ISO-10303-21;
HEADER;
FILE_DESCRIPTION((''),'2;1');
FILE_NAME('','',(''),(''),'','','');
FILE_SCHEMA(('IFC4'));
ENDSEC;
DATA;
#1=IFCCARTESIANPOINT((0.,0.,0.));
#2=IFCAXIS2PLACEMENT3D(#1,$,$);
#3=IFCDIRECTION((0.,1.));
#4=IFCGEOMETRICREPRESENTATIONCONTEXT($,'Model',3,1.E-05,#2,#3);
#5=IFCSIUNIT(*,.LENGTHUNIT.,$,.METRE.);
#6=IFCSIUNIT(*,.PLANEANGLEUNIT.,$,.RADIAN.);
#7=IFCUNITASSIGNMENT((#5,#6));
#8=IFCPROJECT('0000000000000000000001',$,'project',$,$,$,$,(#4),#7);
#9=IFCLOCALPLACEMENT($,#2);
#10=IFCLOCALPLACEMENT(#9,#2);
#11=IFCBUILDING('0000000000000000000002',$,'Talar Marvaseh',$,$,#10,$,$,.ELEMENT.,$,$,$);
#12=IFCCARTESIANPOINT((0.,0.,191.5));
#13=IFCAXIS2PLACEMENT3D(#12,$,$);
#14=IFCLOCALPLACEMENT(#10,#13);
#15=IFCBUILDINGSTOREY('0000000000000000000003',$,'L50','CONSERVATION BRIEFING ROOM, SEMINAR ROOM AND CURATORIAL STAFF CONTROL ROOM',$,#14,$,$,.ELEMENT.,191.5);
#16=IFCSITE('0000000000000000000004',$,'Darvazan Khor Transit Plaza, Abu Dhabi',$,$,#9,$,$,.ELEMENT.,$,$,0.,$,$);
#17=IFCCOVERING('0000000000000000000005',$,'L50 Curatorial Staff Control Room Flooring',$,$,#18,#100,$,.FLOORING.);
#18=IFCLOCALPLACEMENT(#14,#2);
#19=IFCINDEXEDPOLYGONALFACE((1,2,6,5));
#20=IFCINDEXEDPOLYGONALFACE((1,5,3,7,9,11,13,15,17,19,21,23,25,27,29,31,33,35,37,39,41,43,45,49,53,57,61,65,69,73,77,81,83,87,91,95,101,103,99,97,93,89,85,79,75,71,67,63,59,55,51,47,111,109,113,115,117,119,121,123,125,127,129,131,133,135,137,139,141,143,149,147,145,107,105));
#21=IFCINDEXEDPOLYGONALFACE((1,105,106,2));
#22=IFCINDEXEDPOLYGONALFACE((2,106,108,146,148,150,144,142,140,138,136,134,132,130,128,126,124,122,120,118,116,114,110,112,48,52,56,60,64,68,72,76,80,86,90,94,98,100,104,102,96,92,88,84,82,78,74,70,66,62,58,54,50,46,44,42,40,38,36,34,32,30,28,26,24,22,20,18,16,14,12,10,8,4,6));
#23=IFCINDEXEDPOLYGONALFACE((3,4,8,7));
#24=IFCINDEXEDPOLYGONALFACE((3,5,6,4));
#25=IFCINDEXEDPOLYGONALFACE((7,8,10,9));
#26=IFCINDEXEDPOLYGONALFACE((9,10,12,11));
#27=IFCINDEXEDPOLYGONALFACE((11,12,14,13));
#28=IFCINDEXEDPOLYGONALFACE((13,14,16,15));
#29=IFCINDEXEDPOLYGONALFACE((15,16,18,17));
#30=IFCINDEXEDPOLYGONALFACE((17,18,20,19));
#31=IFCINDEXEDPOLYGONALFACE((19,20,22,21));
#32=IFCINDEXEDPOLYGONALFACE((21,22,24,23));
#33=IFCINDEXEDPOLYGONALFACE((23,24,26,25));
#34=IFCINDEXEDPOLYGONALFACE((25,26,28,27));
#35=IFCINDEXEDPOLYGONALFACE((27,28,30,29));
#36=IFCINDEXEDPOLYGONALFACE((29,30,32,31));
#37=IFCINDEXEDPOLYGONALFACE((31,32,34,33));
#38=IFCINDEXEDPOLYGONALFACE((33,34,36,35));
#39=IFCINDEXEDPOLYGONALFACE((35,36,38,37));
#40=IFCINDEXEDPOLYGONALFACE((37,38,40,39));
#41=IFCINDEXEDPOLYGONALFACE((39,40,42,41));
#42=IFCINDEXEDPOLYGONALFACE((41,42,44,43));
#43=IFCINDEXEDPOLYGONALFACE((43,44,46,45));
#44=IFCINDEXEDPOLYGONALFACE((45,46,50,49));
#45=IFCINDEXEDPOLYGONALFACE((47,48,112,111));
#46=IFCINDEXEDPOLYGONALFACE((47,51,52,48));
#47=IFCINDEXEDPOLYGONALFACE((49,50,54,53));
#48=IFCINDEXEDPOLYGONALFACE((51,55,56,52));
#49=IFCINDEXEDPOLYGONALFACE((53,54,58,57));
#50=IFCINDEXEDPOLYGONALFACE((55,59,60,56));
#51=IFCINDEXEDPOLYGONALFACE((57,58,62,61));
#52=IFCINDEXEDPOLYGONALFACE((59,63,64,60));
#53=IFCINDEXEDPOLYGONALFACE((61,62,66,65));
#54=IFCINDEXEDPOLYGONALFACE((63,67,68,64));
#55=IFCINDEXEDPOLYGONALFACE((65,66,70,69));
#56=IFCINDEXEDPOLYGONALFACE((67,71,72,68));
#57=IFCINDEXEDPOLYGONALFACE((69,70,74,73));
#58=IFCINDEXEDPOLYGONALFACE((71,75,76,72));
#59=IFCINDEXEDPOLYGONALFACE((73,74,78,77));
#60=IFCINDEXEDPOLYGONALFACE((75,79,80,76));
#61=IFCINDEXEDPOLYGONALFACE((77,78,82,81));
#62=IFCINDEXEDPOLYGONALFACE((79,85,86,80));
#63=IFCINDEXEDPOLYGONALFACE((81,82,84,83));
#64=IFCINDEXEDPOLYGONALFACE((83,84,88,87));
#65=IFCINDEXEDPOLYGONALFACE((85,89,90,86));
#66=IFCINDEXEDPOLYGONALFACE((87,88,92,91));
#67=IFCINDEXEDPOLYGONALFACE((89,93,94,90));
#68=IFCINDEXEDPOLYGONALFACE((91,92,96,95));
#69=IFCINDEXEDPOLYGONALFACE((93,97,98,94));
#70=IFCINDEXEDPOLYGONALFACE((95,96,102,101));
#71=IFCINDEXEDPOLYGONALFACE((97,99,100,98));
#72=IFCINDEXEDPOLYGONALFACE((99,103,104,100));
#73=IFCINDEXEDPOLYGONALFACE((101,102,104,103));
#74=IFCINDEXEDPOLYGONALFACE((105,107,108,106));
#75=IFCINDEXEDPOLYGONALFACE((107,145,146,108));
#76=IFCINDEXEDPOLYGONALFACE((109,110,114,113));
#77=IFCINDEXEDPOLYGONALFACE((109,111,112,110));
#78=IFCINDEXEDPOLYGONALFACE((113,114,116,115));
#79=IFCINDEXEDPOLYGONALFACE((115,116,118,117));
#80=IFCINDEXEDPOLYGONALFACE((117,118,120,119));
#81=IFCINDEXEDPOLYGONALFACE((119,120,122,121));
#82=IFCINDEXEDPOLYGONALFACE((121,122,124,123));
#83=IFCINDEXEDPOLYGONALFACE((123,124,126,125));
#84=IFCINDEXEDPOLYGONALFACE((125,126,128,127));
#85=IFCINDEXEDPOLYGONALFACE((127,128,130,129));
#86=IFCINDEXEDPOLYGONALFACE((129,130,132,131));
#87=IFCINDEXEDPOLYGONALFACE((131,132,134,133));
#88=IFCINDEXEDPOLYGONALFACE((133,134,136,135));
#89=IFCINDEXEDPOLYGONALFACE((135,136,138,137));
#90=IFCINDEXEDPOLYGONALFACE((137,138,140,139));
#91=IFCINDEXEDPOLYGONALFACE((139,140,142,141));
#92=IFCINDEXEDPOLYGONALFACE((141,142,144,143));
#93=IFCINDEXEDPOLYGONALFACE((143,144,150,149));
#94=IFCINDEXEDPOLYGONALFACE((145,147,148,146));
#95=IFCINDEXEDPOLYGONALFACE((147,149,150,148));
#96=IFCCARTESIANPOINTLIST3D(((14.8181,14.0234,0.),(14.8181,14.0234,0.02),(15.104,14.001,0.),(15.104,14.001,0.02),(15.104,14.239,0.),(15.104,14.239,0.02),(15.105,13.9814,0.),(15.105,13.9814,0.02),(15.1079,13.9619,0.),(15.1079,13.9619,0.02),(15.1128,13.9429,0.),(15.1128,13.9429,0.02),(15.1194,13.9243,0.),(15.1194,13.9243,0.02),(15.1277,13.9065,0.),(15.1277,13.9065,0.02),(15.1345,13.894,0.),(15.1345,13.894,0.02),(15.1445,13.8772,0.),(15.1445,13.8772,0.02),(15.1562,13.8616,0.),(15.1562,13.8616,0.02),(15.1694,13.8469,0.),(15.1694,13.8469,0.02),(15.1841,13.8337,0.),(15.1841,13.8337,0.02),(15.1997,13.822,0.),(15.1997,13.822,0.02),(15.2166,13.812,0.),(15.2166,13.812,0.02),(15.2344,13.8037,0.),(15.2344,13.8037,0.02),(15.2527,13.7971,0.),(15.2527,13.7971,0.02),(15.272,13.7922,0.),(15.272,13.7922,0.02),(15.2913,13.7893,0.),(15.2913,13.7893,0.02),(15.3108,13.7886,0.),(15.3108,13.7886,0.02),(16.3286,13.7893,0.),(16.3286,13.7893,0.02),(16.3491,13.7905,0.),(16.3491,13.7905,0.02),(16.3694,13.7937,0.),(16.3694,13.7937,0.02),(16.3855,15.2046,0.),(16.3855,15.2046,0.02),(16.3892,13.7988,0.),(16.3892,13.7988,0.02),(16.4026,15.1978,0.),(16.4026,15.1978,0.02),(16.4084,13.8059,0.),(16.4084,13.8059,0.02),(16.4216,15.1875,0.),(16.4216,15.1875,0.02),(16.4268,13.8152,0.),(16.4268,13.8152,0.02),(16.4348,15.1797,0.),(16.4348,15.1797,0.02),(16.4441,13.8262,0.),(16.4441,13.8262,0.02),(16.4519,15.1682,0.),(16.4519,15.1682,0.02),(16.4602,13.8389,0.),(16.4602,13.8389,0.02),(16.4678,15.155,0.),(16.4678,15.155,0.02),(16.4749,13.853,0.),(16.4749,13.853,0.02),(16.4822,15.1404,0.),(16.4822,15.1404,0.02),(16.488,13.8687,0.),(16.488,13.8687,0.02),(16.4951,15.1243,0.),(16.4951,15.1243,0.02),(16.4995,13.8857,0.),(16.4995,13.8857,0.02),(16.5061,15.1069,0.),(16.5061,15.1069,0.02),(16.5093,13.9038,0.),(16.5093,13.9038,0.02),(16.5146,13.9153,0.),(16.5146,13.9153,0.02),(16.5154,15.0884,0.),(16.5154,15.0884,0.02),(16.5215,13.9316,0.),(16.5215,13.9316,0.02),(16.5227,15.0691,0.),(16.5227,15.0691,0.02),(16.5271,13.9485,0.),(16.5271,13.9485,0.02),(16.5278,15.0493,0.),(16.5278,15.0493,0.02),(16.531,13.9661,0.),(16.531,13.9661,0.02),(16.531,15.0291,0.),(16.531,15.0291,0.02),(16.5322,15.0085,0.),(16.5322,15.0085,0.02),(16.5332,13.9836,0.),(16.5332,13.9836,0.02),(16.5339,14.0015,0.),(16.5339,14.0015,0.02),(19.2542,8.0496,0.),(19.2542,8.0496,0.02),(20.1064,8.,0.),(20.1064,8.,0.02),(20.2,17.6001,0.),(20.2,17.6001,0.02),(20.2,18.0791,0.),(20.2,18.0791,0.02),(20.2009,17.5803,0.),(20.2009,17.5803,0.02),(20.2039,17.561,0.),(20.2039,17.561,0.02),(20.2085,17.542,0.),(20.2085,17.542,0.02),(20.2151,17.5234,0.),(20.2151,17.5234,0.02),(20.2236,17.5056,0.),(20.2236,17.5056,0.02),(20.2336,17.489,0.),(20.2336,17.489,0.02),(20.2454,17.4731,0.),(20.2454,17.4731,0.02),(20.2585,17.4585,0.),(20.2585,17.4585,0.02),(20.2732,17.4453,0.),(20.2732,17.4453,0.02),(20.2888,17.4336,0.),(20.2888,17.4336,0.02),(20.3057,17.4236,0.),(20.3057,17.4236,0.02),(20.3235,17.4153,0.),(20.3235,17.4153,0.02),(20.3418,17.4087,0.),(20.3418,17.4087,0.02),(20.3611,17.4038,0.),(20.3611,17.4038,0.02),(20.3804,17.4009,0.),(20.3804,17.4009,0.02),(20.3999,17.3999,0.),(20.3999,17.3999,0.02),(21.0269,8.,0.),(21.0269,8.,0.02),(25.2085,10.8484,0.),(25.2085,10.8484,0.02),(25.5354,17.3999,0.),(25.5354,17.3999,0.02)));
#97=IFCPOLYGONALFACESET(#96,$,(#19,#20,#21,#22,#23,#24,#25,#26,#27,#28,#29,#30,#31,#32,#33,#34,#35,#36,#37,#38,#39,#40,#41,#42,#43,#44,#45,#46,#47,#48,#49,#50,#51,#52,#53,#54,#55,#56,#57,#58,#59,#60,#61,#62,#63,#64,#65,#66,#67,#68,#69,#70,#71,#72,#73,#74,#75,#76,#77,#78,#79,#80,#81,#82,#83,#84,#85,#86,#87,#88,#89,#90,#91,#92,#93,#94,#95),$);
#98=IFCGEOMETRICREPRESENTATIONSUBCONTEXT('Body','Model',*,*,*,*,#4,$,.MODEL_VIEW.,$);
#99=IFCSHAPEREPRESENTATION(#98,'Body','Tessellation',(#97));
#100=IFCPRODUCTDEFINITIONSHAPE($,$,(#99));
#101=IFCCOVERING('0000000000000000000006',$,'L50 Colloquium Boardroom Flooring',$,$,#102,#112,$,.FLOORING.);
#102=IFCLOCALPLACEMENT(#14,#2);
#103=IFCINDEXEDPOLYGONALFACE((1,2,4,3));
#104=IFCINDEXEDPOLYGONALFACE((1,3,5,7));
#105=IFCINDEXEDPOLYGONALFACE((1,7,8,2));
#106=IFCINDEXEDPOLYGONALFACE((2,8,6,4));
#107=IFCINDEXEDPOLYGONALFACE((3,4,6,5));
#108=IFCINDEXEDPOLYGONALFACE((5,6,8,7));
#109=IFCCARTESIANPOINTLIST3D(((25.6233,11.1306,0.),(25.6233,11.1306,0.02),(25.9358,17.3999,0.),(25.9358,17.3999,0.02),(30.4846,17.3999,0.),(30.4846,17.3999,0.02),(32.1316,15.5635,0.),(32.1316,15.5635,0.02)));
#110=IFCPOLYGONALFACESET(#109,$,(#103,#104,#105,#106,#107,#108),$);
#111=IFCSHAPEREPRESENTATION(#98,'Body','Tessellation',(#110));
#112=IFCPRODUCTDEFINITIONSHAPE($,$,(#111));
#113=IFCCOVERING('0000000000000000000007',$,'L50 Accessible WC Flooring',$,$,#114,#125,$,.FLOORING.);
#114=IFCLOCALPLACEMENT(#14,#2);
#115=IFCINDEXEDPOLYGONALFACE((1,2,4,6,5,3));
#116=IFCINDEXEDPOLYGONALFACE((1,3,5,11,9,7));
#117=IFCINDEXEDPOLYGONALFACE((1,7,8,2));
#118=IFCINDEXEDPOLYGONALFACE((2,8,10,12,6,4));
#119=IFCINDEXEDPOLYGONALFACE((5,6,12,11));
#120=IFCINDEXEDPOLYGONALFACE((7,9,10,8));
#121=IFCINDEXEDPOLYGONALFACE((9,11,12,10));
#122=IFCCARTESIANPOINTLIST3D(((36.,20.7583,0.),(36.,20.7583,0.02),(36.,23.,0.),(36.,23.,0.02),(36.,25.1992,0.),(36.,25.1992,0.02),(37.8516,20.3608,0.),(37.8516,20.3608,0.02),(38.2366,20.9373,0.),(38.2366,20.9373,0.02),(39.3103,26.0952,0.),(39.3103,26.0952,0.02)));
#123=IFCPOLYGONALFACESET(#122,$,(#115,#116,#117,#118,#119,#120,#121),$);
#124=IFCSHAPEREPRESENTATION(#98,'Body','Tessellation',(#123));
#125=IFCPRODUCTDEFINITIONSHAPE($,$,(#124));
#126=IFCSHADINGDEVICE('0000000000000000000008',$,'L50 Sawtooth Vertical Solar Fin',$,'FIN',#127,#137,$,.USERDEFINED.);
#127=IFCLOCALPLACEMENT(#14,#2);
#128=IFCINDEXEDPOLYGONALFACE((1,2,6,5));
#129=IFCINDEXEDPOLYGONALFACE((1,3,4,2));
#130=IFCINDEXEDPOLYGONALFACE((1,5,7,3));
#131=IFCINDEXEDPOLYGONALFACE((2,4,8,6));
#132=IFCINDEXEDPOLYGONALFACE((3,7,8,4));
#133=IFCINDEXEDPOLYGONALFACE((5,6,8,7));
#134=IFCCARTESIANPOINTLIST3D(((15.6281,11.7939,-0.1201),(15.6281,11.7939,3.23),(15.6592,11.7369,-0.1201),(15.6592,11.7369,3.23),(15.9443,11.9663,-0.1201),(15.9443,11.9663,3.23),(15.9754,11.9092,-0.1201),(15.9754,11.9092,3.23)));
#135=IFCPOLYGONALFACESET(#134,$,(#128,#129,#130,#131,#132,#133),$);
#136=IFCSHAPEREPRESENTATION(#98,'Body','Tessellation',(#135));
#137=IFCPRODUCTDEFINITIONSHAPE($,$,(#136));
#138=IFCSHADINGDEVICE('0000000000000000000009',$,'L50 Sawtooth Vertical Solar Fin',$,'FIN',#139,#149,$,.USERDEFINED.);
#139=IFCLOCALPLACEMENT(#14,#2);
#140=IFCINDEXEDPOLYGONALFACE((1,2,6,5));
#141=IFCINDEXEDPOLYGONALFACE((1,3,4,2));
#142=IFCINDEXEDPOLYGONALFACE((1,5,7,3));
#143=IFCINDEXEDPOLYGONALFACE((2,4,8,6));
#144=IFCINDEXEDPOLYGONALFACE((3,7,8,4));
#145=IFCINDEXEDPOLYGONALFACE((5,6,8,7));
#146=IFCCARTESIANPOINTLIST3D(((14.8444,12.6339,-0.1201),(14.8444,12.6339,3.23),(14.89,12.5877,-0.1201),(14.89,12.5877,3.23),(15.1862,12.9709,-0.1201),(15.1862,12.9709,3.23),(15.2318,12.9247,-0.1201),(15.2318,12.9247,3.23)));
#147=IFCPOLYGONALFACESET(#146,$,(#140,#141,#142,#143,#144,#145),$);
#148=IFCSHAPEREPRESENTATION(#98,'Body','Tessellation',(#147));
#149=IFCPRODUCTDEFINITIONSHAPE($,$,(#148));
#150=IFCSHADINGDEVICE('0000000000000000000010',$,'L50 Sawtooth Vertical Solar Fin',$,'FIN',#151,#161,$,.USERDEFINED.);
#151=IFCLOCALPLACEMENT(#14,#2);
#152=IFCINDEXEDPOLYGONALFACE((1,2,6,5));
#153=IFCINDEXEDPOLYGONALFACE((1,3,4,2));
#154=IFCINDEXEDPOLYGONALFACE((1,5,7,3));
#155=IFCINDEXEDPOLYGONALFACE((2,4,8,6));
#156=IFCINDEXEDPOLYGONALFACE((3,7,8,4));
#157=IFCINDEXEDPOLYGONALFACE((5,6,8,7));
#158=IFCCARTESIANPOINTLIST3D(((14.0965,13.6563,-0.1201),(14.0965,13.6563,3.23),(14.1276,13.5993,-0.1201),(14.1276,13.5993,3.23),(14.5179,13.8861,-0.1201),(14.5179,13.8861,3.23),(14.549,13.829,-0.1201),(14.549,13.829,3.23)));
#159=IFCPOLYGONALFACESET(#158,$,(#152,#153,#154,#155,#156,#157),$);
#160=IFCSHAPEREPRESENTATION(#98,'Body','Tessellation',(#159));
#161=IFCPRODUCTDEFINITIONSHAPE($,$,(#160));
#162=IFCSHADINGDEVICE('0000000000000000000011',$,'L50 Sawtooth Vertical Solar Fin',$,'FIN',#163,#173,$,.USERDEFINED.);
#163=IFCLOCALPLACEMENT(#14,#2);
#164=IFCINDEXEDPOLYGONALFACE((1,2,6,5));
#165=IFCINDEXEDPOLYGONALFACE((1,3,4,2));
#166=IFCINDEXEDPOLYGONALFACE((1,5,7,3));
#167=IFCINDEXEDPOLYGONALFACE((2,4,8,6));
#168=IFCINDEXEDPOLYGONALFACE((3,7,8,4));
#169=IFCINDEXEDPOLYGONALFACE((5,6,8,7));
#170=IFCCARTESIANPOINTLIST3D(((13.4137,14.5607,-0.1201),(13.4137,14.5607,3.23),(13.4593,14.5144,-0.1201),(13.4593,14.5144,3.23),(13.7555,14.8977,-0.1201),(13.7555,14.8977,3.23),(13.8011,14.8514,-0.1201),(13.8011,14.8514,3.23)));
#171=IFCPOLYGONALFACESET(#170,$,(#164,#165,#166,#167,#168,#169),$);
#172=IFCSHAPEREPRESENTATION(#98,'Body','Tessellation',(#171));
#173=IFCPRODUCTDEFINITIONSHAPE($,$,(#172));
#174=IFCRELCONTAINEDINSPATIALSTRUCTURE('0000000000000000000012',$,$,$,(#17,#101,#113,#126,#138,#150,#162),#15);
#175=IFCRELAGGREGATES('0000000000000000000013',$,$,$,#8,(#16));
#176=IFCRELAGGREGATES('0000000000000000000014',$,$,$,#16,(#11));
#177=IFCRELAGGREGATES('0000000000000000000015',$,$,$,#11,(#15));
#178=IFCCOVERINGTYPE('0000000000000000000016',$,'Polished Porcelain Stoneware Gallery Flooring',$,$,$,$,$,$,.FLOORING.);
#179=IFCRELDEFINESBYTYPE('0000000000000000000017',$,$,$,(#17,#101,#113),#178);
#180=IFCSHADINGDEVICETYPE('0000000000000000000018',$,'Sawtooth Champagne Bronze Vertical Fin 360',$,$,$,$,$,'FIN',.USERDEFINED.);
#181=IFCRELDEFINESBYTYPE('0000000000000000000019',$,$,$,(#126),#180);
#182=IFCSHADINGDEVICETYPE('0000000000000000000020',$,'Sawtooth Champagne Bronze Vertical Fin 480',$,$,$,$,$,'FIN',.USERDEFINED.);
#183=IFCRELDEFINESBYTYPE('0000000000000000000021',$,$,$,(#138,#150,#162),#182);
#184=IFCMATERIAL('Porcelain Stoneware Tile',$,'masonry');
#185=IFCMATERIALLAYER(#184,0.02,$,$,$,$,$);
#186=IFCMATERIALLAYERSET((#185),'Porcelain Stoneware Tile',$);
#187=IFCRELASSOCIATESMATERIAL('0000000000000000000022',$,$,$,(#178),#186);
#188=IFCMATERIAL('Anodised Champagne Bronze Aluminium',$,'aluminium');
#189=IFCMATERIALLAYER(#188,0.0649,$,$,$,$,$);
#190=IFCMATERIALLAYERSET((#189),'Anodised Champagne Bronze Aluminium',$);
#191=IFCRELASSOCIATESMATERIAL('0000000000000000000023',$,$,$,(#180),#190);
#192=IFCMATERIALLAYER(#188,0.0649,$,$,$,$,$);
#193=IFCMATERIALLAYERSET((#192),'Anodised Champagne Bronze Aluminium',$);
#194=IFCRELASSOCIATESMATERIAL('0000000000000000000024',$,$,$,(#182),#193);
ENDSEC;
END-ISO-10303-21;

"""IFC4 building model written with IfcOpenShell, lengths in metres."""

from ifc_helpers import new_model, si_unit, direction, frame, origin, origin_2d, place, context, subcontext, project, spatial, polyline, rectangle, outline, extrude, source, transform, mapped, material, layer, layer_set, type_object, type_shapes, element, save


model = new_model("IFC4")

# Units and contexts
model_context = context("Model", 3, precision=1e-05, world=origin(), true_north=direction((0.0, 1.0)))
body_context = subcontext(model_context, "Body", "Model", "MODEL_VIEW")
ifc_project = project(units=[si_unit("LENGTHUNIT", "METRE"), si_unit("PLANEANGLEUNIT", "RADIAN")], contexts=[model_context])

# Site, building, storey
site_placement = place(None, origin())
site = spatial("IfcSite", under=ifc_project, at=site_placement, Name="Darvazan Khor Transit Plaza, Abu Dhabi", CompositionType="ELEMENT", RefElevation=0.0)
building_placement = place(site_placement, origin())
building = spatial("IfcBuilding", under=site, at=building_placement, Name="Talar Marvaseh", CompositionType="ELEMENT")
storey_placement = place(building_placement, frame((0.0, 0.0, 191.5)))
storey = spatial("IfcBuildingStorey", under=building, at=storey_placement, Name="L50", Description="CONSERVATION BRIEFING ROOM, SEMINAR ROOM AND CURATORIAL STAFF CONTROL ROOM", CompositionType="ELEMENT", Elevation=191.5)

# Coverings
ifc_material_1 = material(Name="Porcelain Stoneware Tile", Category="masonry")
ifc_layer_1 = layer(ifc_material_1, 0.02)
ifc_layer_set_1 = layer_set([ifc_layer_1], Name="Porcelain Stoneware Tile")
covering_type_1 = type_object("IfcCoveringType", Name="Polished Porcelain Stoneware Gallery Flooring", PredefinedType="FLOORING", material=ifc_layer_set_1)
covering_1_placement = place(storey_placement, origin())
element("IfcCovering", 1, at=covering_1_placement, inside=storey, type_object=covering_type_1, Name="L50 Curatorial Staff Control Room Flooring", PredefinedType="FLOORING", context=body_context, shape_type="SweptSolid", body=[
    extrude(outline(polyline([(20.2, 17.6001), (20.2009, 17.5803), (20.2039, 17.561), (20.2085, 17.542), (20.2151, 17.5234), (20.2236, 17.5056), (20.2336, 17.489), (20.2454, 17.4731), (20.2585, 17.4585), (20.2732, 17.4453), (20.2888, 17.4336), (20.3057, 17.4236), (20.3235, 17.4153), (20.3418, 17.4087), (20.3611, 17.4038), (20.3804, 17.4009), (20.3999, 17.3999), (25.5354, 17.3999), (25.2085, 10.8484), (21.0269, 8.0), (20.1064, 8.0), (19.2542, 8.0496), (14.8181, 14.0234), (15.104, 14.239), (15.104, 14.001), (15.105, 13.9814), (15.1079, 13.9619), (15.1128, 13.9429), (15.1194, 13.9243), (15.1277, 13.9065), (15.1345, 13.894), (15.1445, 13.8772), (15.1562, 13.8616), (15.1694, 13.8469), (15.1841, 13.8337), (15.1997, 13.822), (15.2166, 13.812), (15.2344, 13.8037), (15.2527, 13.7971), (15.272, 13.7922), (15.2913, 13.7893), (15.3108, 13.7886), (16.3286, 13.7893), (16.3491, 13.7905), (16.3694, 13.7937), (16.3892, 13.7988), (16.4084, 13.8059), (16.4268, 13.8152), (16.4441, 13.8262), (16.4602, 13.8389), (16.4749, 13.853), (16.488, 13.8687), (16.4995, 13.8857), (16.5093, 13.9038), (16.5146, 13.9153), (16.5215, 13.9316), (16.5271, 13.9485), (16.531, 13.9661), (16.5332, 13.9836), (16.5339, 14.0015), (16.5322, 15.0085), (16.531, 15.0291), (16.5278, 15.0493), (16.5227, 15.0691), (16.5154, 15.0884), (16.5061, 15.1069), (16.4951, 15.1243), (16.4822, 15.1404), (16.4678, 15.155), (16.4519, 15.1682), (16.4348, 15.1797), (16.4216, 15.1875), (16.4026, 15.1978), (16.3855, 15.2046), (20.2, 18.0791), (20.2, 17.6001)])), origin(), (0.0, 0.0, 1.0), 0.02),
])
covering_2_placement = place(storey_placement, origin())
element("IfcCovering", 2, at=covering_2_placement, inside=storey, type_object=covering_type_1, Name="L50 Colloquium Boardroom Flooring", PredefinedType="FLOORING", context=body_context, shape_type="SweptSolid", body=[
    extrude(outline(polyline([(32.1316, 15.5635), (25.6233, 11.1306), (25.9358, 17.3999), (30.4846, 17.3999), (32.1316, 15.5635)])), origin(), (0.0, 0.0, 1.0), 0.02),
])
covering_3_placement = place(storey_placement, origin())
element("IfcCovering", 3, at=covering_3_placement, inside=storey, type_object=covering_type_1, Name="L50 Accessible WC Flooring", PredefinedType="FLOORING", context=body_context, shape_type="SweptSolid", body=[
    extrude(outline(polyline([(36.0, 23.0), (36.0, 25.1992), (39.3103, 26.0952), (38.2366, 20.9373), (37.8516, 20.3608), (36.0, 20.7583), (36.0, 23.0)])), origin(), (0.0, 0.0, 1.0), 0.02),
])

# Shading devices
ifc_material_2 = material(Name="Anodised Champagne Bronze Aluminium", Category="aluminium")
ifc_layer_2 = layer(ifc_material_2, 0.0649)
ifc_layer_set_2 = layer_set([ifc_layer_2], Name="Anodised Champagne Bronze Aluminium")
shading_device_type_1 = type_object("IfcShadingDeviceType", Name="Sawtooth Champagne Bronze Vertical Fin 360", ElementType="FIN", PredefinedType="USERDEFINED", material=ifc_layer_set_2)
shared_shape_1 = source(origin(), body_context, "Body", "SweptSolid", [
    extrude(rectangle(XDim=0.3601, YDim=0.0649, at=origin_2d()), origin(), (0.0, 0.0, 1.0), 3.3501),
])
type_shapes(shading_device_type_1, [shared_shape_1])
shading_device_placement = place(storey_placement, frame((15.8018, 11.8516, -0.1201), z_axis=(0.0, 0.0, 1.0), x_axis=(-0.877983, -0.478692, 0.0)))
element("IfcShadingDevice", 4, at=shading_device_placement, inside=storey, type_object=shading_device_type_1, Name="L50 Sawtooth Vertical Solar Fin", ObjectType="FIN", PredefinedType="USERDEFINED", context=body_context, shape_type="MappedRepresentation", body=[
    mapped(shared_shape_1, transform((0.0, 0.0, 0.0), x_axis=(1.0, 0.0, 0.0), y_axis=(0.0, 1.0, 0.0), z_axis=(0.0, 0.0, 1.0), scale=1.0)),
])
ifc_layer_3 = layer(ifc_material_2, 0.0649)
ifc_layer_set_3 = layer_set([ifc_layer_3], Name="Anodised Champagne Bronze Aluminium")
shading_device_type_2 = type_object("IfcShadingDeviceType", Name="Sawtooth Champagne Bronze Vertical Fin 480", ElementType="FIN", PredefinedType="USERDEFINED", material=ifc_layer_set_3)
shared_shape_2 = source(origin(), body_context, "Body", "SweptSolid", [
    extrude(rectangle(XDim=0.48, YDim=0.0649, at=origin_2d()), origin(), (0.0, 0.0, 1.0), 3.3501),
])
type_shapes(shading_device_type_2, [shared_shape_2])
for number, where, z_axis, x_axis, name in (
    (5, (15.0381, 12.7793, -0.1201), (0.0, 0.0, 1.0), (-0.712026, -0.702153, 0.0), "L50 Sawtooth Vertical Solar Fin"),
    (6, (14.3228, 13.7427, -0.1201), (0.0, 0.0, 1.0), (-0.877983, -0.478692, 0.0), "L50 Sawtooth Vertical Solar Fin"),
    (7, (13.6074, 14.7061, -0.1201), (0.0, 0.0, 1.0), (-0.712026, -0.702153, 0.0), "L50 Sawtooth Vertical Solar Fin"),
):
    element("IfcShadingDevice", number, at=place(storey_placement, frame(where, z_axis=z_axis, x_axis=x_axis)), inside=storey, type_object=shading_device_type_2, Name=name, ObjectType="FIN", PredefinedType="USERDEFINED", context=body_context, shape_type="MappedRepresentation", body=[
        mapped(shared_shape_2, transform((0.0, 0.0, 0.0), x_axis=(1.0, 0.0, 0.0), y_axis=(0.0, 1.0, 0.0), z_axis=(0.0, 0.0, 1.0), scale=1.0)),
    ])

save(model, "model.ifc")
